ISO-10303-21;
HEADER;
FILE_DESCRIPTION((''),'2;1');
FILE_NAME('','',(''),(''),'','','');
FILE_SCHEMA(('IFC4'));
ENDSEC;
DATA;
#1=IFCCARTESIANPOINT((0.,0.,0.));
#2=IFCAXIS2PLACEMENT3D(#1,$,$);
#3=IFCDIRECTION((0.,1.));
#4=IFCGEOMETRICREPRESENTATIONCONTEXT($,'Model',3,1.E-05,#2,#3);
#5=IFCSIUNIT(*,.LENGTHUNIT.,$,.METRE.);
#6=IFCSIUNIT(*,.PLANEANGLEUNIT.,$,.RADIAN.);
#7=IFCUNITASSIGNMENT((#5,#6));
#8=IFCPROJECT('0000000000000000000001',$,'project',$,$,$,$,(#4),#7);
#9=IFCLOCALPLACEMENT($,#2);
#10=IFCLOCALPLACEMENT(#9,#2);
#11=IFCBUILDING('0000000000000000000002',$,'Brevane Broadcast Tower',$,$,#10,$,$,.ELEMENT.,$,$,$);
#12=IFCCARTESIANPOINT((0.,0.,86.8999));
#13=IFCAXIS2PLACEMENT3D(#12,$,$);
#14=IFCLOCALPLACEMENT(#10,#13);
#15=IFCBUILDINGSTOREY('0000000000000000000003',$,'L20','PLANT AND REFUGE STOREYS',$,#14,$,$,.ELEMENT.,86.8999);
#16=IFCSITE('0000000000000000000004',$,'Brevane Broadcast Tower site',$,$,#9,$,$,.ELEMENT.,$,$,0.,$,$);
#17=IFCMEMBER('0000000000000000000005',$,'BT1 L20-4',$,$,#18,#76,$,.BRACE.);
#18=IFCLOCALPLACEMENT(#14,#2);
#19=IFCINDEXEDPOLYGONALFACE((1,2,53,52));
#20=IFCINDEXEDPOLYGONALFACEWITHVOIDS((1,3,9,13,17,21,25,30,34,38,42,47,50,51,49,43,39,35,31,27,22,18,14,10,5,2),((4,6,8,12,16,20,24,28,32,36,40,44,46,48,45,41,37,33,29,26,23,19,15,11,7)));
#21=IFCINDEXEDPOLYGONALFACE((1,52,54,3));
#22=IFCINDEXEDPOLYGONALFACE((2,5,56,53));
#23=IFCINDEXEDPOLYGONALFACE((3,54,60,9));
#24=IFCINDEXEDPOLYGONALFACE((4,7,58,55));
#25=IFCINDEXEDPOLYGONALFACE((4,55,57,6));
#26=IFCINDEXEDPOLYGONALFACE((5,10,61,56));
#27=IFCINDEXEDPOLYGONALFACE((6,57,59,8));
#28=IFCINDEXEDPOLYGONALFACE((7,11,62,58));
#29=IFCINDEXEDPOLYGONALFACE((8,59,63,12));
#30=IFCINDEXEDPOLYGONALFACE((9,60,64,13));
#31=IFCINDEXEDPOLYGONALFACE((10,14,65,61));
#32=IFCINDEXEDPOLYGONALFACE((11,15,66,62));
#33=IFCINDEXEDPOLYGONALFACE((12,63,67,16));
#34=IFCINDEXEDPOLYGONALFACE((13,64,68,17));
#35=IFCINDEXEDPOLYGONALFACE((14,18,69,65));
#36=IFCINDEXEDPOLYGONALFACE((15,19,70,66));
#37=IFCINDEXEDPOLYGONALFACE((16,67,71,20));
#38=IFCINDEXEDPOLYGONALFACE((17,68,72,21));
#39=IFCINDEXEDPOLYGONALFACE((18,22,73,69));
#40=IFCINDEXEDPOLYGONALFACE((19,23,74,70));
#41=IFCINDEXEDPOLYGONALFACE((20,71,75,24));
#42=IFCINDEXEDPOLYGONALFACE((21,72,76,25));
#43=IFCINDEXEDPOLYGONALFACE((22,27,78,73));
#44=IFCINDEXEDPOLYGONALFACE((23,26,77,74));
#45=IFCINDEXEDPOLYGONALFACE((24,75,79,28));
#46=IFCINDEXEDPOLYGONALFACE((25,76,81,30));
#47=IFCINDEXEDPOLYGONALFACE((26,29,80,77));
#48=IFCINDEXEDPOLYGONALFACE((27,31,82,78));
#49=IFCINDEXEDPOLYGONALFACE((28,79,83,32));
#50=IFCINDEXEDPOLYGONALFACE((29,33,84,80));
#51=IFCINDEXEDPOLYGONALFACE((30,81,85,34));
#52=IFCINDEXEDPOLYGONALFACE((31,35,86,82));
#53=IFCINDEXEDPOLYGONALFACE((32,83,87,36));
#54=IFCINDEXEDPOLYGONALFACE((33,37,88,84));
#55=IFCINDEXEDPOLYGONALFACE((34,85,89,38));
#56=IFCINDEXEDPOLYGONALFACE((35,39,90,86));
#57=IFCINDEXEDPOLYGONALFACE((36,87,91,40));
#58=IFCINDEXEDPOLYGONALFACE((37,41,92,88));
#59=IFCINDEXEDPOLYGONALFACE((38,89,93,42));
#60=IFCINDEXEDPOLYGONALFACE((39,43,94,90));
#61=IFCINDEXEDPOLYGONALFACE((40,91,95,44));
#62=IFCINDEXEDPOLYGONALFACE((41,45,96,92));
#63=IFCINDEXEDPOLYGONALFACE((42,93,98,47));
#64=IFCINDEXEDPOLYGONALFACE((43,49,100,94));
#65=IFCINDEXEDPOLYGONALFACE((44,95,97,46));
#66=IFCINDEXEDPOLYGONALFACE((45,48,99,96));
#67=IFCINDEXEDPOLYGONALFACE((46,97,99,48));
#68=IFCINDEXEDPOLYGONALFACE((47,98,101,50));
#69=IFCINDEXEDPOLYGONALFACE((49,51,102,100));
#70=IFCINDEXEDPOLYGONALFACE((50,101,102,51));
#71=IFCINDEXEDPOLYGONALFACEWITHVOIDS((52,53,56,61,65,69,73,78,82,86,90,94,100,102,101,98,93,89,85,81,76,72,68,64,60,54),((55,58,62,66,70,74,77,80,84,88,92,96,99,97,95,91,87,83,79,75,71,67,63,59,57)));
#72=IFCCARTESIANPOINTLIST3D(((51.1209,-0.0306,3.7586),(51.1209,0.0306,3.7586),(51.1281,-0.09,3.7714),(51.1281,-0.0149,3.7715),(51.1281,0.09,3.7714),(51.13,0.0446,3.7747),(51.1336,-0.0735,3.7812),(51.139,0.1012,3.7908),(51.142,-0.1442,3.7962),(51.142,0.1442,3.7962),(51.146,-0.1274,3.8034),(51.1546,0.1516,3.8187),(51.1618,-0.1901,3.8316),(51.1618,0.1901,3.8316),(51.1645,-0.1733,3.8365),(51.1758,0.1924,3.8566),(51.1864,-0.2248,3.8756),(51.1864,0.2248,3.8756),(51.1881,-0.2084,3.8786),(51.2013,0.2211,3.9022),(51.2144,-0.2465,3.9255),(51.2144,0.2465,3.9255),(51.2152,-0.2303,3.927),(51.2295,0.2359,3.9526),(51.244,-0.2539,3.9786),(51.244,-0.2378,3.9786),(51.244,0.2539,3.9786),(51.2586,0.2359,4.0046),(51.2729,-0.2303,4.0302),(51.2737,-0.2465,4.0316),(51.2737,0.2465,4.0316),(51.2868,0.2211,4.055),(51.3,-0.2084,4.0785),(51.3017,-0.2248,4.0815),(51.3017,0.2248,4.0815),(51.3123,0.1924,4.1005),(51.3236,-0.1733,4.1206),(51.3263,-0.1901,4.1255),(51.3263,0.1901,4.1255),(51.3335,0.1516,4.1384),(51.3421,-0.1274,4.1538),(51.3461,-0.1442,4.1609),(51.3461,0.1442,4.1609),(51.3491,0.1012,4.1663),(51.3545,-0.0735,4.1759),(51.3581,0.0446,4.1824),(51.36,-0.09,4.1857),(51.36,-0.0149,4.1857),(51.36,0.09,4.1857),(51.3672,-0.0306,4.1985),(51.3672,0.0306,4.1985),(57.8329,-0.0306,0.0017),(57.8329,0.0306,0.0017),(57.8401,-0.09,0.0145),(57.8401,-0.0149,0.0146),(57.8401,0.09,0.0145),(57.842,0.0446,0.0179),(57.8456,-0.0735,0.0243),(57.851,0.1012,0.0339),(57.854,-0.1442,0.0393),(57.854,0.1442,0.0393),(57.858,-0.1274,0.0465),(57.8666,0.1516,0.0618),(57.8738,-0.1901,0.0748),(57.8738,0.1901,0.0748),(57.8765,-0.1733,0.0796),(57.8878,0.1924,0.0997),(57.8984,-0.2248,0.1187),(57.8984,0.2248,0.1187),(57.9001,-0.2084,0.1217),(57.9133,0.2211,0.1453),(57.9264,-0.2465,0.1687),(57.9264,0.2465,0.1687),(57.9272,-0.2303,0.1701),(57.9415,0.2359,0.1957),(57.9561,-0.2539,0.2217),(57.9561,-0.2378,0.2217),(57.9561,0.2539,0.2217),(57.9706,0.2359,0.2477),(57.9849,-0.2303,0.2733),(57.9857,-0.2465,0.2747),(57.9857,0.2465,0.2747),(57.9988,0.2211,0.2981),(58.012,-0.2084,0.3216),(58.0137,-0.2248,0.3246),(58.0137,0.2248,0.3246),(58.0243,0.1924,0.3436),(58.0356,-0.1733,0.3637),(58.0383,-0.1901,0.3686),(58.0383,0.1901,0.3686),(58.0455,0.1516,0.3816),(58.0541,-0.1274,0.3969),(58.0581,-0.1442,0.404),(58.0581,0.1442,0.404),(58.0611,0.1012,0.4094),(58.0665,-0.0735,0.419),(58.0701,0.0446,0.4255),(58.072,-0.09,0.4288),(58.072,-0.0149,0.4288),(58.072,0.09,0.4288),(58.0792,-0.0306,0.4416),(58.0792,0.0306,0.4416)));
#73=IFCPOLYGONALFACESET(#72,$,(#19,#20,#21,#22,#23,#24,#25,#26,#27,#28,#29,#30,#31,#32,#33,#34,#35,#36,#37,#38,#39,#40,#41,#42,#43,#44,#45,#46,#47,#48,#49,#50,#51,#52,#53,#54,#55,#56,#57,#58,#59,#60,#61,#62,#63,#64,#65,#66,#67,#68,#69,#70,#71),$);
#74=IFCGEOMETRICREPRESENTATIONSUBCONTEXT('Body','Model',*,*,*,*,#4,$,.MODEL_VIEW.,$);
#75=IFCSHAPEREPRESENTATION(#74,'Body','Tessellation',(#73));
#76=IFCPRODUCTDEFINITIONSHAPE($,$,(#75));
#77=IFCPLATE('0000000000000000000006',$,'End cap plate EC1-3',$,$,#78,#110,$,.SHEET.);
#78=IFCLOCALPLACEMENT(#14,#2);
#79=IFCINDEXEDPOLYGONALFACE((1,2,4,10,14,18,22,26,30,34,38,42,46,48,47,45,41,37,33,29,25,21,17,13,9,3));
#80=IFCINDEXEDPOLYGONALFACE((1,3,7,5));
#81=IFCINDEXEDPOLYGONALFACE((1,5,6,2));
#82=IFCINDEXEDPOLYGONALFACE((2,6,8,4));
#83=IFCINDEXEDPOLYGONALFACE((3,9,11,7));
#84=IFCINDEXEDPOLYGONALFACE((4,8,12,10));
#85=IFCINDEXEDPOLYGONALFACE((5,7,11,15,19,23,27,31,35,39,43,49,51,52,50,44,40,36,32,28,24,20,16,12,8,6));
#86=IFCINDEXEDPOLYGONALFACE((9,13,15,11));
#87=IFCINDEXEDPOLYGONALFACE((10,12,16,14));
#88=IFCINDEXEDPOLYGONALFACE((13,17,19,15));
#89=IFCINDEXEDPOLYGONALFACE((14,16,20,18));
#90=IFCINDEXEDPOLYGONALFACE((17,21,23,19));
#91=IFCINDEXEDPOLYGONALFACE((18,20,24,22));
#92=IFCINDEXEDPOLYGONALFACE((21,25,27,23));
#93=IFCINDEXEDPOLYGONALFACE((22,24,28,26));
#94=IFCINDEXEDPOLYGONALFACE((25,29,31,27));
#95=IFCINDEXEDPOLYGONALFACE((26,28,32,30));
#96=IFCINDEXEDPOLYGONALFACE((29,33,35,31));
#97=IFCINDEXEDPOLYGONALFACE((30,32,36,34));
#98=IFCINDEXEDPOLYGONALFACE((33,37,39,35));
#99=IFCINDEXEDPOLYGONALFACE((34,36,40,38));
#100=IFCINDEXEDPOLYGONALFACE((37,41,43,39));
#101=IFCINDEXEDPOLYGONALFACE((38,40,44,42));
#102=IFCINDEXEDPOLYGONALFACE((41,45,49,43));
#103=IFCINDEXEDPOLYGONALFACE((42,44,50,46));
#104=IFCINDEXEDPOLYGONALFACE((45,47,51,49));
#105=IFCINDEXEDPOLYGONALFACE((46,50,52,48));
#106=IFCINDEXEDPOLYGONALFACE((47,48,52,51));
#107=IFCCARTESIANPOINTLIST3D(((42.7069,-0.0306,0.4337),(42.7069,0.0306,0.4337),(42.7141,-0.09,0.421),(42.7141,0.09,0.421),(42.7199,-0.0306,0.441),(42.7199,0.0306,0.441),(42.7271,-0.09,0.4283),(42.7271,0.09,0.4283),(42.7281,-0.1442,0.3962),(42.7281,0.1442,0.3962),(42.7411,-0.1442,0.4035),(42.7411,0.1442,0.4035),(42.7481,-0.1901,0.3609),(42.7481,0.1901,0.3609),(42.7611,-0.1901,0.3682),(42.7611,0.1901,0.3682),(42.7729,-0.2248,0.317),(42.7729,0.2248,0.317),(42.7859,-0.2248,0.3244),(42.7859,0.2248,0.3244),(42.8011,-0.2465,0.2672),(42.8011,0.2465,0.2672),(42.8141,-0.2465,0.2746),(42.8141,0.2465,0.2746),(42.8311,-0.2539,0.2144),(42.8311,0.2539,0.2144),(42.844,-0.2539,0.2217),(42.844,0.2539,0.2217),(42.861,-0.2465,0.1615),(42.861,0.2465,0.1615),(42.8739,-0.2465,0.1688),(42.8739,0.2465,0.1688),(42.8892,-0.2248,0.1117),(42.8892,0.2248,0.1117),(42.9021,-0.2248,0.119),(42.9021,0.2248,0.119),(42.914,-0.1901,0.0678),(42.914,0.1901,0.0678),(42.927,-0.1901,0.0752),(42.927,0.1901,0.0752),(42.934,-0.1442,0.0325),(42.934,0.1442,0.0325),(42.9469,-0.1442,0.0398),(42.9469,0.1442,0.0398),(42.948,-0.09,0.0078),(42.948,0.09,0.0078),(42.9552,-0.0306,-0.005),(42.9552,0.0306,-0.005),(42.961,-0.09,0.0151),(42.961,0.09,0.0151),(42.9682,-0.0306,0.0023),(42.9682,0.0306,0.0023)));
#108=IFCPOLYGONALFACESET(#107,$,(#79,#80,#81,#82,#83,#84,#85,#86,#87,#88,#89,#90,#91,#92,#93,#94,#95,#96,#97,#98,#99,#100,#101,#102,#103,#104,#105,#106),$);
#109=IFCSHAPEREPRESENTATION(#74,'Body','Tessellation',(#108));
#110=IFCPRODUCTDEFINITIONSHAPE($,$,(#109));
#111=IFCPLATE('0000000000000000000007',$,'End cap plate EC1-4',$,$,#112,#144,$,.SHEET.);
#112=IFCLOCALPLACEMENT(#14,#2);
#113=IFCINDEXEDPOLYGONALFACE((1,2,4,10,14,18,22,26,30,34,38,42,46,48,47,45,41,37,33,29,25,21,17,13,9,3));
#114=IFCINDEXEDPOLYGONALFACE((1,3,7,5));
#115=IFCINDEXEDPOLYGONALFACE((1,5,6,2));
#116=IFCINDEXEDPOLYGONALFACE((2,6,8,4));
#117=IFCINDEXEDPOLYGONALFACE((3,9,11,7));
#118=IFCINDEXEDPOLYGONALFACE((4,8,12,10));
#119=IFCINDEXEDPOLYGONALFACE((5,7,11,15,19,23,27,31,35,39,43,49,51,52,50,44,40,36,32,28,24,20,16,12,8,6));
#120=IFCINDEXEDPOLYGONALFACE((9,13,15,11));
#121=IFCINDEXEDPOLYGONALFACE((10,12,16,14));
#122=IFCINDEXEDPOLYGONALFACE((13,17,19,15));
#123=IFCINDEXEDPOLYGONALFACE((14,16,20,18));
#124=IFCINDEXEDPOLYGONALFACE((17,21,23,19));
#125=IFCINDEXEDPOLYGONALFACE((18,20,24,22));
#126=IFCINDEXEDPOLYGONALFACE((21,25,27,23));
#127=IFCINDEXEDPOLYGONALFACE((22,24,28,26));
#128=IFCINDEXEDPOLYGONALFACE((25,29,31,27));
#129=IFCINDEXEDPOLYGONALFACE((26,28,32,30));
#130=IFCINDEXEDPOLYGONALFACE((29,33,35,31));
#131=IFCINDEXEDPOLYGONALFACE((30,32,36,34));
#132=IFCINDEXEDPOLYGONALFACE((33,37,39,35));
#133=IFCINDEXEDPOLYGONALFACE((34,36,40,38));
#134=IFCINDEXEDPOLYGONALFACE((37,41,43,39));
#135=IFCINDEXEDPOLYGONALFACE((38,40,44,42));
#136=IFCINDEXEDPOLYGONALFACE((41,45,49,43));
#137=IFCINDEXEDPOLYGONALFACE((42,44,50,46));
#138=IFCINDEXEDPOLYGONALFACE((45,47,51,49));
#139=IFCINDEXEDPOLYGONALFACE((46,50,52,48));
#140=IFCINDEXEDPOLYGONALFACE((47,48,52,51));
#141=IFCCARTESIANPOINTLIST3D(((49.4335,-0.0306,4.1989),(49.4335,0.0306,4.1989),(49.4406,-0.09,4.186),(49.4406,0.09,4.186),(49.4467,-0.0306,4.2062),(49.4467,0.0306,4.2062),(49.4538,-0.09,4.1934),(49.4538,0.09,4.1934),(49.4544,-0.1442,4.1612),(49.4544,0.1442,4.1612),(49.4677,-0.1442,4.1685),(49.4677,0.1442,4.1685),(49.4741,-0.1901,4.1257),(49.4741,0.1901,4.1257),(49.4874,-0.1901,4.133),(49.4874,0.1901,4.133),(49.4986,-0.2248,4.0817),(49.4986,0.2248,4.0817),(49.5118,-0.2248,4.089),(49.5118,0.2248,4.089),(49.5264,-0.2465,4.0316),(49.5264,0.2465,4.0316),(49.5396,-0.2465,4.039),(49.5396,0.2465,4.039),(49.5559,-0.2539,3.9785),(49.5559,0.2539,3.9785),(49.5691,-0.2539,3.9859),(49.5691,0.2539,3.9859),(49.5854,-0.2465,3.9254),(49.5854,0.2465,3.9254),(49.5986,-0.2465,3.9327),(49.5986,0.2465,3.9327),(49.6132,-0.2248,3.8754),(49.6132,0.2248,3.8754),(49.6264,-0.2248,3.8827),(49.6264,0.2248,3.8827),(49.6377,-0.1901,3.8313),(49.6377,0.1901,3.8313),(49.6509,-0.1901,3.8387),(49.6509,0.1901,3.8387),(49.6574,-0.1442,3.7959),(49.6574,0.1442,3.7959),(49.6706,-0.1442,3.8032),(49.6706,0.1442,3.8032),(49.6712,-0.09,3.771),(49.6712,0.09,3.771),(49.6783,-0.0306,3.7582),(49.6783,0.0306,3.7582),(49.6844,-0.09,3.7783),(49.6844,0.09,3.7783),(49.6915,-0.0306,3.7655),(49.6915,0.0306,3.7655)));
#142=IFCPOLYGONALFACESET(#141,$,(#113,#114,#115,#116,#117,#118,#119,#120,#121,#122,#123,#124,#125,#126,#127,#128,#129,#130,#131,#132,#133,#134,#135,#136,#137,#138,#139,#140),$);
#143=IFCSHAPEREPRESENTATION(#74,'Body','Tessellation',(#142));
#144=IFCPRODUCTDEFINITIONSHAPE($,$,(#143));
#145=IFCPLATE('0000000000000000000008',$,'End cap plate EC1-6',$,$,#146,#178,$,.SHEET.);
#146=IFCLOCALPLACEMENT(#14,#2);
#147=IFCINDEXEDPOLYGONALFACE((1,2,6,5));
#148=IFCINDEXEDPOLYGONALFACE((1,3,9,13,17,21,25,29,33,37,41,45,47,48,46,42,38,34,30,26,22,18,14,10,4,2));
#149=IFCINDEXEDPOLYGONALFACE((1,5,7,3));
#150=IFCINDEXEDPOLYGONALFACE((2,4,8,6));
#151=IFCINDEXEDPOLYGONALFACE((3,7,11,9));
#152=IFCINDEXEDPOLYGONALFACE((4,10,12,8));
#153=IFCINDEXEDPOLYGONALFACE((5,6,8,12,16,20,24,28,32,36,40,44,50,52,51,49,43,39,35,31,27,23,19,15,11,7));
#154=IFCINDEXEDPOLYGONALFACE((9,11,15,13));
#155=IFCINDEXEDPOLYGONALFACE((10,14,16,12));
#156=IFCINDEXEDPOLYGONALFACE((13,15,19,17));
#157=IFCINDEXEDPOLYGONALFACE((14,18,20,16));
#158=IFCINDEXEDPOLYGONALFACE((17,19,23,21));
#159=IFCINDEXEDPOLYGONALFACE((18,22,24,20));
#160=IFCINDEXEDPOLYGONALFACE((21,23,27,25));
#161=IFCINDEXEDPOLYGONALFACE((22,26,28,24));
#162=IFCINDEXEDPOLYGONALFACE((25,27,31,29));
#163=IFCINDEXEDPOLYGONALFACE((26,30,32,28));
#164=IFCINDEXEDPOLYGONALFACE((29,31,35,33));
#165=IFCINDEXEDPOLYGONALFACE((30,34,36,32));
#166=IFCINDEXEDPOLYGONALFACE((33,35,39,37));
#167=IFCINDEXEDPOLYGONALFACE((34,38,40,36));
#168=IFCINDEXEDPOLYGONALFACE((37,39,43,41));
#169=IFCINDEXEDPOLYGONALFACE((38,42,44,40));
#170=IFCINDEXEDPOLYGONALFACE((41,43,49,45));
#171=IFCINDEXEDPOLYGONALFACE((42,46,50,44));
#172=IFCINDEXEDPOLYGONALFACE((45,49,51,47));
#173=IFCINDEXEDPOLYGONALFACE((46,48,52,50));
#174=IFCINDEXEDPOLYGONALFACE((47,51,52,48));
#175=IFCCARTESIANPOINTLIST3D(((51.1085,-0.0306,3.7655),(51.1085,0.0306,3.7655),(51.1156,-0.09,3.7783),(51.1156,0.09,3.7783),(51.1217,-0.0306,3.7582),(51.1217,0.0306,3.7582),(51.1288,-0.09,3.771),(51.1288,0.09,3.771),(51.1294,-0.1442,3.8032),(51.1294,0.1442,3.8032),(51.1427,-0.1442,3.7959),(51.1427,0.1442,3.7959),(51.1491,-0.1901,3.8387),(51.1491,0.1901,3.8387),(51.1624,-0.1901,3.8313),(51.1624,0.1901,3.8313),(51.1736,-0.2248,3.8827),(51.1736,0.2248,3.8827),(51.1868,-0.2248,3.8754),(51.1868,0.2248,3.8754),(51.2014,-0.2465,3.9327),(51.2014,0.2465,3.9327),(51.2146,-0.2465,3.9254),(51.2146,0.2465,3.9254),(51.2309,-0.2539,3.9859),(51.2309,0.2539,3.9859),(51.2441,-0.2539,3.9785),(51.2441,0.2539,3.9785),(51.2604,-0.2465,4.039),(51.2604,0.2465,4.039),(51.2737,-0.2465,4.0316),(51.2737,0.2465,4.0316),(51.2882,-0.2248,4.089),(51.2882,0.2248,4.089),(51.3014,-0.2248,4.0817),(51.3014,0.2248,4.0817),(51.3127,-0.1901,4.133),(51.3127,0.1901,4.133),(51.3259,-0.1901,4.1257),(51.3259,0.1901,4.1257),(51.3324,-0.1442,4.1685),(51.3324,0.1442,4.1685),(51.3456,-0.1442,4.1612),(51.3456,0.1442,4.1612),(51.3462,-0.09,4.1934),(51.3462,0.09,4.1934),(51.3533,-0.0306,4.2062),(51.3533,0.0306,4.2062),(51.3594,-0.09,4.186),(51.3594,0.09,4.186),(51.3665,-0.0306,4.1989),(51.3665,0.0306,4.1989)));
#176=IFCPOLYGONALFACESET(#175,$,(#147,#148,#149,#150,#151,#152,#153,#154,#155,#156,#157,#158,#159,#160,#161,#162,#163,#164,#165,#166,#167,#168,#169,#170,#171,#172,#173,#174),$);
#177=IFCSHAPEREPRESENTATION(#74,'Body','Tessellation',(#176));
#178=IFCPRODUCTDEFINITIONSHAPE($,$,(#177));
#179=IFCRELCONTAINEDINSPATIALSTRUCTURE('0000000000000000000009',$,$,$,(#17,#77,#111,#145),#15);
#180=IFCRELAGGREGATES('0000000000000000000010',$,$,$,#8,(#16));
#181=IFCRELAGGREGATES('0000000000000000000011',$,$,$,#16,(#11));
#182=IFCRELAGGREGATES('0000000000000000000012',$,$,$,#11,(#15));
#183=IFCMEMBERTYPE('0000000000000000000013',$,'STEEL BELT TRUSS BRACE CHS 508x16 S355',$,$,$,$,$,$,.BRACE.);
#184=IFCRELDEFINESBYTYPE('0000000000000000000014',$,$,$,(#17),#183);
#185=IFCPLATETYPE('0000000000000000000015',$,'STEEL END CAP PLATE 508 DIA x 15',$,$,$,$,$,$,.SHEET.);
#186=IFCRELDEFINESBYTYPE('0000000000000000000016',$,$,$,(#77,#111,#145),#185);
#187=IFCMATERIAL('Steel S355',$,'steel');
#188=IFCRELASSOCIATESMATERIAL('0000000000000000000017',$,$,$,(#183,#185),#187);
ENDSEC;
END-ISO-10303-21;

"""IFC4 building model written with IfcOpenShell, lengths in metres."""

from ifc_helpers import new_model, si_unit, direction, frame, origin, origin_2d, place, context, subcontext, project, spatial, circle, hollow_circle, extrude, material, material_profile, profile_set, type_object, element, save


model = new_model("IFC4")

# Units and contexts
model_context = context("Model", 3, precision=1e-05, world=origin(), true_north=direction((0.0, 1.0)))
body_context = subcontext(model_context, "Body", "Model", "MODEL_VIEW")
ifc_project = project(units=[si_unit("LENGTHUNIT", "METRE"), si_unit("PLANEANGLEUNIT", "RADIAN")], contexts=[model_context])

# Site, building, storey
site_placement = place(None, origin())
site = spatial("IfcSite", under=ifc_project, at=site_placement, Name="Brevane Broadcast Tower site", CompositionType="ELEMENT", RefElevation=0.0)
building_placement = place(site_placement, origin())
building = spatial("IfcBuilding", under=site, at=building_placement, Name="Brevane Broadcast Tower", CompositionType="ELEMENT")
storey_placement = place(building_placement, frame((0.0, 0.0, 86.8999)))
storey = spatial("IfcBuildingStorey", under=building, at=storey_placement, Name="L20", Description="PLANT AND REFUGE STOREYS", CompositionType="ELEMENT", Elevation=86.8999)

# Member
ifc_material_1 = material(Name="Steel S355", Category="steel")
ifc_material_profile_1 = material_profile(ifc_material_1, hollow_circle(Radius=0.2539, WallThickness=0.0161, at=origin_2d()), Name="CHS 508x16")
ifc_profile_set_1 = profile_set([ifc_material_profile_1], Name="Steel S355")
member_type_1 = type_object("IfcMemberType", Name="STEEL BELT TRUSS BRACE CHS 508x16 S355", PredefinedType="BRACE", material=ifc_profile_set_1)
for number, where, z_axis, x_axis, name in (
    (1, (57.9561, 0.0, 0.2217), (-0.872608, 0.0, 0.488422), (0.0, -1.0, 0.0), "BT1 L20-4"),
):
    element("IfcMember", number, at=place(storey_placement, frame(where, z_axis=z_axis, x_axis=x_axis)), inside=storey, type_object=member_type_1, Name=name, PredefinedType="BRACE", context=body_context, shape_type="SweptSolid", body=[
        extrude(hollow_circle(Radius=0.2539, WallThickness=0.0161, at=origin_2d()), origin(), (0.0, 0.0, 1.0), 7.6919),
    ])

# Plates
ifc_material_profile_2 = material_profile(ifc_material_1, circle(Radius=0.2539, at=origin_2d()), Name="PL 508 DIA x 15")
ifc_profile_set_2 = profile_set([ifc_material_profile_2], Name="Steel S355")
plate_type = type_object("IfcPlateType", Name="STEEL END CAP PLATE 508 DIA x 15", PredefinedType="SHEET", material=ifc_profile_set_2)
plate_placement = place(storey_placement, frame((42.8311, 0.0, 0.2144), z_axis=(0.870257, 0.0, 0.492598), x_axis=(0.0, 1.0, 0.0)))
element("IfcPlate", 2, at=plate_placement, inside=storey, type_object=plate_type, Name="End cap plate EC1-3", PredefinedType="SHEET", context=body_context, shape_type="SweptSolid", body=[
    extrude(circle(Radius=0.2539, at=origin_2d()), origin(), (0.0, 0.0, 1.0), 0.0149),
])
for number, where, z_axis, x_axis, name in (
    (3, (49.5559, 0.0, 3.9785), (0.874157, 0.0, 0.485643), (0.0, 1.0, 0.0), "End cap plate EC1-4"),
    (4, (51.2441, 0.0, 3.9785), (-0.874157, 0.0, 0.485643), (0.0, -1.0, 0.0), "End cap plate EC1-6"),
):
    element("IfcPlate", number, at=place(storey_placement, frame(where, z_axis=z_axis, x_axis=x_axis)), inside=storey, type_object=plate_type, Name=name, PredefinedType="SHEET", context=body_context, shape_type="SweptSolid", body=[
        extrude(circle(Radius=0.2539, at=origin_2d()), origin(), (0.0, 0.0, 1.0), 0.0151),
    ])

save(model, "model.ifc")
